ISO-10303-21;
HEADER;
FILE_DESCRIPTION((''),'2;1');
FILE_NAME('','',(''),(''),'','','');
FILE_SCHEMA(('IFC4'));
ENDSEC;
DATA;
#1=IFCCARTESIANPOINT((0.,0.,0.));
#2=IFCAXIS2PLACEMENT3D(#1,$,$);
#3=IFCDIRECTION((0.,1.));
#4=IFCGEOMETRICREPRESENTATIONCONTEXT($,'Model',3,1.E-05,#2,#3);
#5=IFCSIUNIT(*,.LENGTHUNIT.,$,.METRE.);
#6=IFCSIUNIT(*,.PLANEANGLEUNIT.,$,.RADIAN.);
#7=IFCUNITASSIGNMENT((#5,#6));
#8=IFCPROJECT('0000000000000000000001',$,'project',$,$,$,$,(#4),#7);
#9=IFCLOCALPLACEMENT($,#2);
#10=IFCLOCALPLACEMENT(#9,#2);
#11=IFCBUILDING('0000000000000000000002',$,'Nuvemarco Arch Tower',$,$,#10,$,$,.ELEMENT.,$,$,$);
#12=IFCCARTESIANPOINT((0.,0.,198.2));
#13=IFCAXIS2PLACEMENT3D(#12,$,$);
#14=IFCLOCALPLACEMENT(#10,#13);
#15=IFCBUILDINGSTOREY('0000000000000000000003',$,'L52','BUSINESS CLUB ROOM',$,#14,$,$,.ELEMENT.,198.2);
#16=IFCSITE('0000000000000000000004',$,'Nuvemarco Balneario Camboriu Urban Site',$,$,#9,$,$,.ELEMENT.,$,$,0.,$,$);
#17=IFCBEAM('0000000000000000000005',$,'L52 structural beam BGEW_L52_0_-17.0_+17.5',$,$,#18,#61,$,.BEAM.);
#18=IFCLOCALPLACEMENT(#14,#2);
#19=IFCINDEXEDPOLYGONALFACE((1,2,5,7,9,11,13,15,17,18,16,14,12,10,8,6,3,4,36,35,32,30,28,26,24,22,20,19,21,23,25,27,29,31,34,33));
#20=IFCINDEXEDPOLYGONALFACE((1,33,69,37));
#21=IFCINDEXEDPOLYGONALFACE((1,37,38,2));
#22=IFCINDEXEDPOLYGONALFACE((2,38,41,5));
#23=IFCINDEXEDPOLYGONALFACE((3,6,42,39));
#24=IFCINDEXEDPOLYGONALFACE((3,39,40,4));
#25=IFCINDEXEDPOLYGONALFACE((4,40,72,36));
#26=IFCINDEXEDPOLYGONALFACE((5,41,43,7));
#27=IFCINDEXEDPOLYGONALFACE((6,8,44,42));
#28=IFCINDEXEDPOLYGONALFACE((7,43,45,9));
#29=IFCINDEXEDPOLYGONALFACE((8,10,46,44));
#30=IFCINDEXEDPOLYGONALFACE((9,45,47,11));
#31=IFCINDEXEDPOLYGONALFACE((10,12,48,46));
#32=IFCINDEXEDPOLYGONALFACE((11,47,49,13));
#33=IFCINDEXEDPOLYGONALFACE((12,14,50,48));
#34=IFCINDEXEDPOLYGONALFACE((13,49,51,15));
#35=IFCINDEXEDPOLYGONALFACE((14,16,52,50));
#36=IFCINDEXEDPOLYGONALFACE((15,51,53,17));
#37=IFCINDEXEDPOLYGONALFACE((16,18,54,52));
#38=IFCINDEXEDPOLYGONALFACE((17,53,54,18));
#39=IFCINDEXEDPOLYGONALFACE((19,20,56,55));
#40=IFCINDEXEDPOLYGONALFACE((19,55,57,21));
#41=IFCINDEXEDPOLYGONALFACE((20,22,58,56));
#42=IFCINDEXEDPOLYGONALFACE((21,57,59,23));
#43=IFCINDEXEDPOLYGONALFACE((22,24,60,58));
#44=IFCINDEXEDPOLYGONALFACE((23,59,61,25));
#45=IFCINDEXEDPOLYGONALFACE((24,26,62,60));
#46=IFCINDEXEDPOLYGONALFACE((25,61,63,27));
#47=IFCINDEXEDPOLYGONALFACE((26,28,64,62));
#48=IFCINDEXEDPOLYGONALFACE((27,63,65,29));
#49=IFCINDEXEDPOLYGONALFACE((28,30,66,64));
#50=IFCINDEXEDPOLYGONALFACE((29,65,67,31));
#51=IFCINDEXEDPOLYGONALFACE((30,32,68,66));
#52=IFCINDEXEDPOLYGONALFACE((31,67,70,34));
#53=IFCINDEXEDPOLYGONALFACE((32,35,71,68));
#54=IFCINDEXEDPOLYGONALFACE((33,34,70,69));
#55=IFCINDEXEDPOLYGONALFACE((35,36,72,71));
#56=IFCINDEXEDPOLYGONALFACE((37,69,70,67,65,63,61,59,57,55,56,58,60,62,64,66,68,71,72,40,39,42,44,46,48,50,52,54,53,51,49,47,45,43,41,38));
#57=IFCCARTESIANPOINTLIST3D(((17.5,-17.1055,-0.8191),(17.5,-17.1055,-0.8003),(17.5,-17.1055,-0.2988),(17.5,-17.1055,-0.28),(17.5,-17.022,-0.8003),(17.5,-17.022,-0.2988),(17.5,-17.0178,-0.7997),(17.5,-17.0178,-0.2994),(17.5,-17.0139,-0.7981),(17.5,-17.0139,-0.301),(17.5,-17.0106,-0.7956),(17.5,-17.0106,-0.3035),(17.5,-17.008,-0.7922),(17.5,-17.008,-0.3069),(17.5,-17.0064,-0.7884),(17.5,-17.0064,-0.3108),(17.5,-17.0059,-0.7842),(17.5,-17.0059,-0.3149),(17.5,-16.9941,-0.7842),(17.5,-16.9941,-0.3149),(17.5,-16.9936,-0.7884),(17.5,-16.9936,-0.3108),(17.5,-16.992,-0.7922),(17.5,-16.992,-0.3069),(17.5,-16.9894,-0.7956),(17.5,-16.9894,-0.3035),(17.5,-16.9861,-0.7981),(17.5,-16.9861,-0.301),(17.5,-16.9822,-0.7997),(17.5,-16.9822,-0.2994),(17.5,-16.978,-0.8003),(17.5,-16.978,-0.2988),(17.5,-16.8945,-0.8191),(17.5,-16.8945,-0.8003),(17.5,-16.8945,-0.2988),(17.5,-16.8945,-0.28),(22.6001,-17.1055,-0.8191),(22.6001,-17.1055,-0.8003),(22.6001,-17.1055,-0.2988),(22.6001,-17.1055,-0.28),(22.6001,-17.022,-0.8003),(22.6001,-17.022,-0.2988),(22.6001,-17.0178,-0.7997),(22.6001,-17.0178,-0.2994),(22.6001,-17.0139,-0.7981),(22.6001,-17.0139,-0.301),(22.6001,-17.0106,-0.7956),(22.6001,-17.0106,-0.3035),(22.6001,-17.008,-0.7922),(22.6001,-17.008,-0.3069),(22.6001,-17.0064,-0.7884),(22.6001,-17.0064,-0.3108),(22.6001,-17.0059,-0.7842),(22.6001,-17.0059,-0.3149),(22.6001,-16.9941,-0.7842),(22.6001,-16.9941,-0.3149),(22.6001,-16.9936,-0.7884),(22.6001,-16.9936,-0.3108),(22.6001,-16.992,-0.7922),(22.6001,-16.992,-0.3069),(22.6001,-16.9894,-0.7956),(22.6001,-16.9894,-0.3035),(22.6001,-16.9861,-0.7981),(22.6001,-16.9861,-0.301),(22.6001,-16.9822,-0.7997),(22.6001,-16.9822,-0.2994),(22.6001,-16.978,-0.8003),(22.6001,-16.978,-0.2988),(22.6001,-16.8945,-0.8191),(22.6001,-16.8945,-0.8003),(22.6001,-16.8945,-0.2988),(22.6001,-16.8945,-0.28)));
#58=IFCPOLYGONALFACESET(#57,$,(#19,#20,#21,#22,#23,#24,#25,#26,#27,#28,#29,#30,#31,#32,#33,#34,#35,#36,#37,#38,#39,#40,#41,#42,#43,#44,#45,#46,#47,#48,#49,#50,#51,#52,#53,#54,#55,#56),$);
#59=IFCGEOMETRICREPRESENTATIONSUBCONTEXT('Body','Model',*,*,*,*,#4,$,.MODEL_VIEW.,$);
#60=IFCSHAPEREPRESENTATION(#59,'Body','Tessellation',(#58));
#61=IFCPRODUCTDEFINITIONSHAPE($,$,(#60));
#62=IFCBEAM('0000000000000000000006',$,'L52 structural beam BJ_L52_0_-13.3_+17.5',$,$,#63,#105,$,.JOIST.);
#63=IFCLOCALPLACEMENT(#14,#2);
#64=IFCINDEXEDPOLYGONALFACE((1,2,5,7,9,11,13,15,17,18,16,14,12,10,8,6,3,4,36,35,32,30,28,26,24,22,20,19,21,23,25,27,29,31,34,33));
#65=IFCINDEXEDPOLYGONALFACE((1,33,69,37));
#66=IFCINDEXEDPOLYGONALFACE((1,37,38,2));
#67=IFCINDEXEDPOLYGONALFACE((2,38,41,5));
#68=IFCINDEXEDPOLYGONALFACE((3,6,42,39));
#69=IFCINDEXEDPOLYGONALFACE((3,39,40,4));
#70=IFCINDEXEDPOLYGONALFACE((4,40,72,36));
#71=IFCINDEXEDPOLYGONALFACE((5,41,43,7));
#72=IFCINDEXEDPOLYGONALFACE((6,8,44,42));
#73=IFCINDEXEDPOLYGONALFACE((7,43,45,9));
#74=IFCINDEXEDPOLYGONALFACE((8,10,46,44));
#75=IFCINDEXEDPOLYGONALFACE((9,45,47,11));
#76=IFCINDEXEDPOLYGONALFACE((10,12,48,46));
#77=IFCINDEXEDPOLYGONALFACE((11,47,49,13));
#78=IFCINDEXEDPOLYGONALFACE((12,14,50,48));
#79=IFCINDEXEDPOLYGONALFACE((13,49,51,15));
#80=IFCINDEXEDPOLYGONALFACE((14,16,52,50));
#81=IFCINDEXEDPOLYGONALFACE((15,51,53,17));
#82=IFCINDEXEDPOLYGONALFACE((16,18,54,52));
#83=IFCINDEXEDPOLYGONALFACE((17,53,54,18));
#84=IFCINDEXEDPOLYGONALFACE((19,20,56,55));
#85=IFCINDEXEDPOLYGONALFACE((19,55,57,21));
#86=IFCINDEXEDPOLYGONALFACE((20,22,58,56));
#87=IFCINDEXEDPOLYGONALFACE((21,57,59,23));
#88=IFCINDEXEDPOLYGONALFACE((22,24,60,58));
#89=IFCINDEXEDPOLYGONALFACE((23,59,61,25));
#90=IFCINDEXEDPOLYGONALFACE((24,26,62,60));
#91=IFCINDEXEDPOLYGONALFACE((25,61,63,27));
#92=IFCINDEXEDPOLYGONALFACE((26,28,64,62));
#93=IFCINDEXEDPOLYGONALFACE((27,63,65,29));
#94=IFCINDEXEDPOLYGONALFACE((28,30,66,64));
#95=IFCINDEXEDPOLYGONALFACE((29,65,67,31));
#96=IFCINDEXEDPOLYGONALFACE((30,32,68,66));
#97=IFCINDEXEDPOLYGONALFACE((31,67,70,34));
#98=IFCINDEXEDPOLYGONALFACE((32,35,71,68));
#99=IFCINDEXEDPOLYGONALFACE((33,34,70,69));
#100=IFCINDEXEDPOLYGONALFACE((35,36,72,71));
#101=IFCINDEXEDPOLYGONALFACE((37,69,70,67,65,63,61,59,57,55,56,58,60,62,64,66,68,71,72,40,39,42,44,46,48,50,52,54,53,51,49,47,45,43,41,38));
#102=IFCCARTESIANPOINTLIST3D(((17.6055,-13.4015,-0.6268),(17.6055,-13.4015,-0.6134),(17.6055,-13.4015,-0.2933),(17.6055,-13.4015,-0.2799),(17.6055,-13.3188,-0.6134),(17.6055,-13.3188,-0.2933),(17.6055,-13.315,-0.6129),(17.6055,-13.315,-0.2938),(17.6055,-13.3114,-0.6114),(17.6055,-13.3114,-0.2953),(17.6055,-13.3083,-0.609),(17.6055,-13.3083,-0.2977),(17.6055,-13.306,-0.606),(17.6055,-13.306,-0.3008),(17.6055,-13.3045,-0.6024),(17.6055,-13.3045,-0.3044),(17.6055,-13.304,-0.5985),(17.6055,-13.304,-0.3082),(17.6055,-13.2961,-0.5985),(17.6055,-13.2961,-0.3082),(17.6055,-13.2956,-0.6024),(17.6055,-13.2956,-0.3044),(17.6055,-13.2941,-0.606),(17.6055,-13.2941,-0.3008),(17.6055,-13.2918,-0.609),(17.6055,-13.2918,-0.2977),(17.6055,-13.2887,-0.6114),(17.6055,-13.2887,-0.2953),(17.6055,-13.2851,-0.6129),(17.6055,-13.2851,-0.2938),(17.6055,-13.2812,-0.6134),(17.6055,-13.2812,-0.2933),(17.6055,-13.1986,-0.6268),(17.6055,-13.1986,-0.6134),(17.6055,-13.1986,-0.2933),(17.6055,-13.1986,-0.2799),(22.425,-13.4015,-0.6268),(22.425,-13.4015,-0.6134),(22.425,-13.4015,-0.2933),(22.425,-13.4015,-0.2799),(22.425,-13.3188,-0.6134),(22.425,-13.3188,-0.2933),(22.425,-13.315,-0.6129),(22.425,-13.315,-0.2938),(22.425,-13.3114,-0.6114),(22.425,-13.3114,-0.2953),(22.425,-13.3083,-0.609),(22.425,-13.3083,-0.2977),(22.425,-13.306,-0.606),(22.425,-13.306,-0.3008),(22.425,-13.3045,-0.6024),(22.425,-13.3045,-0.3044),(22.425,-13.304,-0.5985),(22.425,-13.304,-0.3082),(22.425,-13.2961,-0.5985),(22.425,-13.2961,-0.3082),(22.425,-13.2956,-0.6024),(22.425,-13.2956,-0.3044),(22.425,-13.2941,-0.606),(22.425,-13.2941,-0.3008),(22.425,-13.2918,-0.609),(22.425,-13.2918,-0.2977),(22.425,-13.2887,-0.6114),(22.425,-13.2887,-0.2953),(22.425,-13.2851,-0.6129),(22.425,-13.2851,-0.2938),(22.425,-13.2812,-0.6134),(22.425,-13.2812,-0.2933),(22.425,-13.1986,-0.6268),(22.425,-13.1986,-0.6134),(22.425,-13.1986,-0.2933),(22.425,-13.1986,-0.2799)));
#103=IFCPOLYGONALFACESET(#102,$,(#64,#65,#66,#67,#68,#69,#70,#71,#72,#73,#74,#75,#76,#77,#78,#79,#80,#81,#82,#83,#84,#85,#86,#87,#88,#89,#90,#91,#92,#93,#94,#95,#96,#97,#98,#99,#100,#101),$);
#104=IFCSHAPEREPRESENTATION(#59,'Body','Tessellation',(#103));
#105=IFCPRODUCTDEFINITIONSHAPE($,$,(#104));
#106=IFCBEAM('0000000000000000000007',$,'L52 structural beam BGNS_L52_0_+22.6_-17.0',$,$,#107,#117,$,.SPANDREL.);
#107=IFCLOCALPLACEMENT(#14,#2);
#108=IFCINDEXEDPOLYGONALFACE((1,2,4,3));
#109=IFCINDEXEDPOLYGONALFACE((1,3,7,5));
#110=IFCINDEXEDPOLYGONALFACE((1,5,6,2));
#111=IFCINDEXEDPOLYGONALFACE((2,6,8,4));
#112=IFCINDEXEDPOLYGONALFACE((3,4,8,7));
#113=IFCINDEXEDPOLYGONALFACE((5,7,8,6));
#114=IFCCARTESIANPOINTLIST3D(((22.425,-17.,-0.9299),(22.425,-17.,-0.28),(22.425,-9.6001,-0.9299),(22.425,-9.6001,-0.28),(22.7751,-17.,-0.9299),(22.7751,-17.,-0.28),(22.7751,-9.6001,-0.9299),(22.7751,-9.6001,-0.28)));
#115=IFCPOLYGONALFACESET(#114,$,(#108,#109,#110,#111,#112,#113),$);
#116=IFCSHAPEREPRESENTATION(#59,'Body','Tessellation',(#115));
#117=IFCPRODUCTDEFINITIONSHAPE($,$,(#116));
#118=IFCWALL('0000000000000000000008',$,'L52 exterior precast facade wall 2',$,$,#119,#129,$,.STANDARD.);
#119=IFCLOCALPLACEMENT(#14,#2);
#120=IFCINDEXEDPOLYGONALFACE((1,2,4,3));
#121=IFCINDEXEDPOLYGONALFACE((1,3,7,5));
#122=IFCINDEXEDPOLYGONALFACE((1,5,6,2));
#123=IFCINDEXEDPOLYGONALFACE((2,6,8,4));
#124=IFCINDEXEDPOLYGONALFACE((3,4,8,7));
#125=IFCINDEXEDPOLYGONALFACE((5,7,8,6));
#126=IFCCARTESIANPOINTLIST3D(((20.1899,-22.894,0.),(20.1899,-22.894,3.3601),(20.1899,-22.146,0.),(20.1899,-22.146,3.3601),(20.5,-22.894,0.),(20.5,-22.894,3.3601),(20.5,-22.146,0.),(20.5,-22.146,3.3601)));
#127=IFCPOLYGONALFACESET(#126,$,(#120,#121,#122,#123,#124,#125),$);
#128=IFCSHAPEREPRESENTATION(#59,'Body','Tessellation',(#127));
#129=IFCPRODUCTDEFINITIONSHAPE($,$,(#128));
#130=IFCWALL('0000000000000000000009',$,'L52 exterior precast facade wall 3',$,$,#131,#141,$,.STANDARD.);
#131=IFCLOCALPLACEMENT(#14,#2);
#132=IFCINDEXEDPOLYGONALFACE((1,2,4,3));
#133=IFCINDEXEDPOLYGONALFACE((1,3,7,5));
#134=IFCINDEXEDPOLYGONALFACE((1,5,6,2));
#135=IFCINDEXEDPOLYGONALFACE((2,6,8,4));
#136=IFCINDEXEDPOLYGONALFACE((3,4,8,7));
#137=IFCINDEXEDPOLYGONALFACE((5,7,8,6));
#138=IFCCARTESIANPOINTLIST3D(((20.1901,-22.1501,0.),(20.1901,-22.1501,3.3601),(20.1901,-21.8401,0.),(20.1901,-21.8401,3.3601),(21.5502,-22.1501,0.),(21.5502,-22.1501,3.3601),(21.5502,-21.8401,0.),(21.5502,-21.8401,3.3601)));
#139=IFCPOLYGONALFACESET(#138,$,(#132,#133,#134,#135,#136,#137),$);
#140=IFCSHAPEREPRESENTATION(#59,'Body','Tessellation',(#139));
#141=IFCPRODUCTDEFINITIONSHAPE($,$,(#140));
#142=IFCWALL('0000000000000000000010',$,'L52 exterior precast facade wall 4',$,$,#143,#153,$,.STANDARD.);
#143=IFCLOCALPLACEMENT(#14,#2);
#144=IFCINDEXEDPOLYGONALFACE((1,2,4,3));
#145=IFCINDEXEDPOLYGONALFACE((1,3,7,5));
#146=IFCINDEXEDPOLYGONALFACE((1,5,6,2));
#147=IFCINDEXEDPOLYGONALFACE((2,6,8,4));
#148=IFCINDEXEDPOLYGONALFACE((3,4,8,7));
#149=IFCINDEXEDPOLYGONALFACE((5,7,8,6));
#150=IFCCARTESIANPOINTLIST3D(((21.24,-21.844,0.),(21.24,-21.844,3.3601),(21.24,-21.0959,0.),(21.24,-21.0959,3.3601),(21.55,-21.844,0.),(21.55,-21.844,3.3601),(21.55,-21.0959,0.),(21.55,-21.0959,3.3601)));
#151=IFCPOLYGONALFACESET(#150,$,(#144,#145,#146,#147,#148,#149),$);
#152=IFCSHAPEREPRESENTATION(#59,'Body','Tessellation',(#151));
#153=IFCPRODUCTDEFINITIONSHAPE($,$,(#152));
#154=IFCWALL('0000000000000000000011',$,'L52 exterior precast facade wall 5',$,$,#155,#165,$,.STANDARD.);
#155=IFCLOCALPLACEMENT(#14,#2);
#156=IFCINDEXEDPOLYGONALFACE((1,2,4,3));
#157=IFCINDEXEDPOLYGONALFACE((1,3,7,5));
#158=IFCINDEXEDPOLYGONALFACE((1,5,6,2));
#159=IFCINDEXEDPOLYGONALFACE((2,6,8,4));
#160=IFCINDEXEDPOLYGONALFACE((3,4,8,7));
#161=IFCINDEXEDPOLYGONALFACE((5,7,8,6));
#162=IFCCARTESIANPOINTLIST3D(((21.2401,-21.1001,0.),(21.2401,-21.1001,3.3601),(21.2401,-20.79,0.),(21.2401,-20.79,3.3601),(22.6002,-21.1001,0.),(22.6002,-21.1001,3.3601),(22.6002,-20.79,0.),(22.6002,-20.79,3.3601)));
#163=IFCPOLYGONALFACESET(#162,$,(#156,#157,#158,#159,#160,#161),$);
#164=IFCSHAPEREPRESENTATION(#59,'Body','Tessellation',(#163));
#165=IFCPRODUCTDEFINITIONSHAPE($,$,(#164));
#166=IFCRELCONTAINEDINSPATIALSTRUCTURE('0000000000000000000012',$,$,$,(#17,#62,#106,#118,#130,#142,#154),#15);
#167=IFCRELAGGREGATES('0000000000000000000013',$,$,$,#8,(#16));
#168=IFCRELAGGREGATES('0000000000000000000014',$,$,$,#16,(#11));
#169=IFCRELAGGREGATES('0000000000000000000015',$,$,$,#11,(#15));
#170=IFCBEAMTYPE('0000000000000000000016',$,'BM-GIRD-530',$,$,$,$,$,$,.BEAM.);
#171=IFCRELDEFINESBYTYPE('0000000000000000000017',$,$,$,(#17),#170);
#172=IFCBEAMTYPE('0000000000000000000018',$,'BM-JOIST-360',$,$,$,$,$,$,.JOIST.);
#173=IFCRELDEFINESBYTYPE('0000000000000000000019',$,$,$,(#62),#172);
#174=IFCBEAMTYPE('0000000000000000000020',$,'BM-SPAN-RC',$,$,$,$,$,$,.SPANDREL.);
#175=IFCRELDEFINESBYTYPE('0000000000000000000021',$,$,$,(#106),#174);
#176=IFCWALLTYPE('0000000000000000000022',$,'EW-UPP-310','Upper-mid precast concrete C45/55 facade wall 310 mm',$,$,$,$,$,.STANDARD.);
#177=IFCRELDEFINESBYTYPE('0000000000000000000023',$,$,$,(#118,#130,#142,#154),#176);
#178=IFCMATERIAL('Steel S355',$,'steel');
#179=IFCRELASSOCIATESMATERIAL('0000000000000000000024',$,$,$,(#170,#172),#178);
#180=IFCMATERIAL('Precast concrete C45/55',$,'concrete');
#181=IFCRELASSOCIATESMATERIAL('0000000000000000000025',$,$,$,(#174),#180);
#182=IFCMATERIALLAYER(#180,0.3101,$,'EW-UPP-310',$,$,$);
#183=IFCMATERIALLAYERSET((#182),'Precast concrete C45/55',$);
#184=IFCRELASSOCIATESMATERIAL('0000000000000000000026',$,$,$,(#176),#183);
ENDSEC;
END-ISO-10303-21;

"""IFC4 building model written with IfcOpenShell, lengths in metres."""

from ifc_helpers import new_model, si_unit, direction, frame, frame_2d, origin, origin_2d, place, context, subcontext, project, spatial, rectangle, i_section, extrude, material, layer, layer_set, material_profile, profile_set, type_object, element, save


model = new_model("IFC4")

# Units and contexts
model_context = context("Model", 3, precision=1e-05, world=origin(), true_north=direction((0.0, 1.0)))
body_context = subcontext(model_context, "Body", "Model", "MODEL_VIEW")
ifc_project = project(units=[si_unit("LENGTHUNIT", "METRE"), si_unit("PLANEANGLEUNIT", "RADIAN")], contexts=[model_context])

# Site, building, storey
site_placement = place(None, origin())
site = spatial("IfcSite", under=ifc_project, at=site_placement, Name="Nuvemarco Balneario Camboriu Urban Site", CompositionType="ELEMENT", RefElevation=0.0)
building_placement = place(site_placement, origin())
building = spatial("IfcBuilding", under=site, at=building_placement, Name="Nuvemarco Arch Tower", CompositionType="ELEMENT")
storey_placement = place(building_placement, frame((0.0, 0.0, 198.2)))
storey = spatial("IfcBuildingStorey", under=building, at=storey_placement, Name="L52", Description="BUSINESS CLUB ROOM", CompositionType="ELEMENT", Elevation=198.2)

# Shared definitions
ifc_material_1 = material(Name="Steel S355", Category="steel")

# Beams
ifc_material_profile_1 = material_profile(ifc_material_1, i_section(OverallWidth=0.2109, OverallDepth=0.5391, WebThickness=0.0117, FlangeThickness=0.0188, FilletRadius=0.0161, at=origin_2d()), Name="W530x109")
ifc_profile_set_1 = profile_set([ifc_material_profile_1], Name="Steel S355")
beam_type_1 = type_object("IfcBeamType", Name="BM-GIRD-530", PredefinedType="BEAM", material=ifc_profile_set_1)
beam_1_placement = place(storey_placement, frame((17.5, -17.0, -0.5496), z_axis=(1.0, 0.0, 0.0), x_axis=(0.0, 1.0, 0.0)))
element("IfcBeam", 1, at=beam_1_placement, inside=storey, type_object=beam_type_1, Name="L52 structural beam BGEW_L52_0_-17.0_+17.5", PredefinedType="BEAM", context=body_context, shape_type="SweptSolid", body=[
    extrude(i_section(OverallWidth=0.2109, OverallDepth=0.5391, WebThickness=0.0117, FlangeThickness=0.0188, FilletRadius=0.0161, at=origin_2d()), origin(), (0.0, 0.0, 1.0), 5.1001),
])
ifc_material_profile_2 = material_profile(ifc_material_1, i_section(OverallWidth=0.2029, OverallDepth=0.3469, WebThickness=0.0078, FlangeThickness=0.0134, FilletRadius=0.0149, at=origin_2d()), Name="W360x64")
ifc_profile_set_2 = profile_set([ifc_material_profile_2], Name="Steel S355")
beam_type_2 = type_object("IfcBeamType", Name="BM-JOIST-360", PredefinedType="JOIST", material=ifc_profile_set_2)
beam_2_placement = place(storey_placement, frame((17.6055, -13.3, -0.4534), z_axis=(1.0, 0.0, 0.0), x_axis=(0.0, 1.0, 0.0)))
element("IfcBeam", 2, at=beam_2_placement, inside=storey, type_object=beam_type_2, Name="L52 structural beam BJ_L52_0_-13.3_+17.5", PredefinedType="JOIST", context=body_context, shape_type="SweptSolid", body=[
    extrude(i_section(OverallWidth=0.2029, OverallDepth=0.3469, WebThickness=0.0078, FlangeThickness=0.0134, FilletRadius=0.0149, at=origin_2d()), origin(), (0.0, 0.0, 1.0), 4.8196),
])
ifc_material_2 = material(Name="Precast concrete C45/55", Category="concrete")
ifc_material_profile_3 = material_profile(ifc_material_2, rectangle(XDim=0.3501, YDim=0.6499, at=origin_2d()), Name="PC-SP-350x650")
ifc_profile_set_3 = profile_set([ifc_material_profile_3], Name="Precast concrete C45/55")
beam_type_3 = type_object("IfcBeamType", Name="BM-SPAN-RC", PredefinedType="SPANDREL", material=ifc_profile_set_3)
beam_3_placement = place(storey_placement, frame((22.6001, -17.0, -0.605), z_axis=(0.0, 1.0, 0.0), x_axis=(-1.0, 0.0, 0.0)))
element("IfcBeam", 3, at=beam_3_placement, inside=storey, type_object=beam_type_3, Name="L52 structural beam BGNS_L52_0_+22.6_-17.0", PredefinedType="SPANDREL", context=body_context, shape_type="SweptSolid", body=[
    extrude(rectangle(XDim=0.3501, YDim=0.6499, at=origin_2d()), origin(), (0.0, 0.0, 1.0), 7.3999),
])

# Walls
ifc_layer_1 = layer(ifc_material_2, 0.3101, Name="EW-UPP-310")
ifc_layer_set_1 = layer_set([ifc_layer_1], Name="Precast concrete C45/55")
wall_type_1 = type_object("IfcWallType", Name="EW-UPP-310", Description="Upper-mid precast concrete C45/55 facade wall 310 mm", PredefinedType="STANDARD", material=ifc_layer_set_1)
wall_1_placement = place(storey_placement, frame((20.345, -22.894, 0.0), z_axis=(0.0, 0.0, 1.0), x_axis=(0.0, 1.0, 0.0)))
element("IfcWall", 4, at=wall_1_placement, inside=storey, type_object=wall_type_1, Name="L52 exterior precast facade wall 2", PredefinedType="STANDARD", context=body_context, shape_type="SweptSolid", body=[
    extrude(rectangle(XDim=0.748, YDim=0.3101, at=frame_2d((0.374, 0.0))), origin(), (0.0, 0.0, 1.0), 3.3601),
])
wall_2_placement = place(storey_placement, frame((20.1899, -21.9951, 0.0), z_axis=(0.0, 0.0, 1.0), x_axis=(1.0, 0.0, 0.0)))
element("IfcWall", 5, at=wall_2_placement, inside=storey, type_object=wall_type_1, Name="L52 exterior precast facade wall 3", PredefinedType="STANDARD", context=body_context, shape_type="SweptSolid", body=[
    extrude(rectangle(XDim=1.3601, YDim=0.3101, at=frame_2d((0.6802, 0.0))), origin(), (0.0, 0.0, 1.0), 3.3601),
])
wall_3_placement = place(storey_placement, frame((21.395, -21.844, 0.0), z_axis=(0.0, 0.0, 1.0), x_axis=(0.0, 1.0, 0.0)))
element("IfcWall", 6, at=wall_3_placement, inside=storey, type_object=wall_type_1, Name="L52 exterior precast facade wall 4", PredefinedType="STANDARD", context=body_context, shape_type="SweptSolid", body=[
    extrude(rectangle(XDim=0.748, YDim=0.3101, at=frame_2d((0.374, 0.0))), origin(), (0.0, 0.0, 1.0), 3.3601),
])
wall_4_placement = place(storey_placement, frame((21.24, -20.9451, 0.0), z_axis=(0.0, 0.0, 1.0), x_axis=(1.0, 0.0, 0.0)))
element("IfcWall", 7, at=wall_4_placement, inside=storey, type_object=wall_type_1, Name="L52 exterior precast facade wall 5", PredefinedType="STANDARD", context=body_context, shape_type="SweptSolid", body=[
    extrude(rectangle(XDim=1.3601, YDim=0.3101, at=frame_2d((0.6802, 0.0))), origin(), (0.0, 0.0, 1.0), 3.3601),
])

save(model, "model.ifc")
